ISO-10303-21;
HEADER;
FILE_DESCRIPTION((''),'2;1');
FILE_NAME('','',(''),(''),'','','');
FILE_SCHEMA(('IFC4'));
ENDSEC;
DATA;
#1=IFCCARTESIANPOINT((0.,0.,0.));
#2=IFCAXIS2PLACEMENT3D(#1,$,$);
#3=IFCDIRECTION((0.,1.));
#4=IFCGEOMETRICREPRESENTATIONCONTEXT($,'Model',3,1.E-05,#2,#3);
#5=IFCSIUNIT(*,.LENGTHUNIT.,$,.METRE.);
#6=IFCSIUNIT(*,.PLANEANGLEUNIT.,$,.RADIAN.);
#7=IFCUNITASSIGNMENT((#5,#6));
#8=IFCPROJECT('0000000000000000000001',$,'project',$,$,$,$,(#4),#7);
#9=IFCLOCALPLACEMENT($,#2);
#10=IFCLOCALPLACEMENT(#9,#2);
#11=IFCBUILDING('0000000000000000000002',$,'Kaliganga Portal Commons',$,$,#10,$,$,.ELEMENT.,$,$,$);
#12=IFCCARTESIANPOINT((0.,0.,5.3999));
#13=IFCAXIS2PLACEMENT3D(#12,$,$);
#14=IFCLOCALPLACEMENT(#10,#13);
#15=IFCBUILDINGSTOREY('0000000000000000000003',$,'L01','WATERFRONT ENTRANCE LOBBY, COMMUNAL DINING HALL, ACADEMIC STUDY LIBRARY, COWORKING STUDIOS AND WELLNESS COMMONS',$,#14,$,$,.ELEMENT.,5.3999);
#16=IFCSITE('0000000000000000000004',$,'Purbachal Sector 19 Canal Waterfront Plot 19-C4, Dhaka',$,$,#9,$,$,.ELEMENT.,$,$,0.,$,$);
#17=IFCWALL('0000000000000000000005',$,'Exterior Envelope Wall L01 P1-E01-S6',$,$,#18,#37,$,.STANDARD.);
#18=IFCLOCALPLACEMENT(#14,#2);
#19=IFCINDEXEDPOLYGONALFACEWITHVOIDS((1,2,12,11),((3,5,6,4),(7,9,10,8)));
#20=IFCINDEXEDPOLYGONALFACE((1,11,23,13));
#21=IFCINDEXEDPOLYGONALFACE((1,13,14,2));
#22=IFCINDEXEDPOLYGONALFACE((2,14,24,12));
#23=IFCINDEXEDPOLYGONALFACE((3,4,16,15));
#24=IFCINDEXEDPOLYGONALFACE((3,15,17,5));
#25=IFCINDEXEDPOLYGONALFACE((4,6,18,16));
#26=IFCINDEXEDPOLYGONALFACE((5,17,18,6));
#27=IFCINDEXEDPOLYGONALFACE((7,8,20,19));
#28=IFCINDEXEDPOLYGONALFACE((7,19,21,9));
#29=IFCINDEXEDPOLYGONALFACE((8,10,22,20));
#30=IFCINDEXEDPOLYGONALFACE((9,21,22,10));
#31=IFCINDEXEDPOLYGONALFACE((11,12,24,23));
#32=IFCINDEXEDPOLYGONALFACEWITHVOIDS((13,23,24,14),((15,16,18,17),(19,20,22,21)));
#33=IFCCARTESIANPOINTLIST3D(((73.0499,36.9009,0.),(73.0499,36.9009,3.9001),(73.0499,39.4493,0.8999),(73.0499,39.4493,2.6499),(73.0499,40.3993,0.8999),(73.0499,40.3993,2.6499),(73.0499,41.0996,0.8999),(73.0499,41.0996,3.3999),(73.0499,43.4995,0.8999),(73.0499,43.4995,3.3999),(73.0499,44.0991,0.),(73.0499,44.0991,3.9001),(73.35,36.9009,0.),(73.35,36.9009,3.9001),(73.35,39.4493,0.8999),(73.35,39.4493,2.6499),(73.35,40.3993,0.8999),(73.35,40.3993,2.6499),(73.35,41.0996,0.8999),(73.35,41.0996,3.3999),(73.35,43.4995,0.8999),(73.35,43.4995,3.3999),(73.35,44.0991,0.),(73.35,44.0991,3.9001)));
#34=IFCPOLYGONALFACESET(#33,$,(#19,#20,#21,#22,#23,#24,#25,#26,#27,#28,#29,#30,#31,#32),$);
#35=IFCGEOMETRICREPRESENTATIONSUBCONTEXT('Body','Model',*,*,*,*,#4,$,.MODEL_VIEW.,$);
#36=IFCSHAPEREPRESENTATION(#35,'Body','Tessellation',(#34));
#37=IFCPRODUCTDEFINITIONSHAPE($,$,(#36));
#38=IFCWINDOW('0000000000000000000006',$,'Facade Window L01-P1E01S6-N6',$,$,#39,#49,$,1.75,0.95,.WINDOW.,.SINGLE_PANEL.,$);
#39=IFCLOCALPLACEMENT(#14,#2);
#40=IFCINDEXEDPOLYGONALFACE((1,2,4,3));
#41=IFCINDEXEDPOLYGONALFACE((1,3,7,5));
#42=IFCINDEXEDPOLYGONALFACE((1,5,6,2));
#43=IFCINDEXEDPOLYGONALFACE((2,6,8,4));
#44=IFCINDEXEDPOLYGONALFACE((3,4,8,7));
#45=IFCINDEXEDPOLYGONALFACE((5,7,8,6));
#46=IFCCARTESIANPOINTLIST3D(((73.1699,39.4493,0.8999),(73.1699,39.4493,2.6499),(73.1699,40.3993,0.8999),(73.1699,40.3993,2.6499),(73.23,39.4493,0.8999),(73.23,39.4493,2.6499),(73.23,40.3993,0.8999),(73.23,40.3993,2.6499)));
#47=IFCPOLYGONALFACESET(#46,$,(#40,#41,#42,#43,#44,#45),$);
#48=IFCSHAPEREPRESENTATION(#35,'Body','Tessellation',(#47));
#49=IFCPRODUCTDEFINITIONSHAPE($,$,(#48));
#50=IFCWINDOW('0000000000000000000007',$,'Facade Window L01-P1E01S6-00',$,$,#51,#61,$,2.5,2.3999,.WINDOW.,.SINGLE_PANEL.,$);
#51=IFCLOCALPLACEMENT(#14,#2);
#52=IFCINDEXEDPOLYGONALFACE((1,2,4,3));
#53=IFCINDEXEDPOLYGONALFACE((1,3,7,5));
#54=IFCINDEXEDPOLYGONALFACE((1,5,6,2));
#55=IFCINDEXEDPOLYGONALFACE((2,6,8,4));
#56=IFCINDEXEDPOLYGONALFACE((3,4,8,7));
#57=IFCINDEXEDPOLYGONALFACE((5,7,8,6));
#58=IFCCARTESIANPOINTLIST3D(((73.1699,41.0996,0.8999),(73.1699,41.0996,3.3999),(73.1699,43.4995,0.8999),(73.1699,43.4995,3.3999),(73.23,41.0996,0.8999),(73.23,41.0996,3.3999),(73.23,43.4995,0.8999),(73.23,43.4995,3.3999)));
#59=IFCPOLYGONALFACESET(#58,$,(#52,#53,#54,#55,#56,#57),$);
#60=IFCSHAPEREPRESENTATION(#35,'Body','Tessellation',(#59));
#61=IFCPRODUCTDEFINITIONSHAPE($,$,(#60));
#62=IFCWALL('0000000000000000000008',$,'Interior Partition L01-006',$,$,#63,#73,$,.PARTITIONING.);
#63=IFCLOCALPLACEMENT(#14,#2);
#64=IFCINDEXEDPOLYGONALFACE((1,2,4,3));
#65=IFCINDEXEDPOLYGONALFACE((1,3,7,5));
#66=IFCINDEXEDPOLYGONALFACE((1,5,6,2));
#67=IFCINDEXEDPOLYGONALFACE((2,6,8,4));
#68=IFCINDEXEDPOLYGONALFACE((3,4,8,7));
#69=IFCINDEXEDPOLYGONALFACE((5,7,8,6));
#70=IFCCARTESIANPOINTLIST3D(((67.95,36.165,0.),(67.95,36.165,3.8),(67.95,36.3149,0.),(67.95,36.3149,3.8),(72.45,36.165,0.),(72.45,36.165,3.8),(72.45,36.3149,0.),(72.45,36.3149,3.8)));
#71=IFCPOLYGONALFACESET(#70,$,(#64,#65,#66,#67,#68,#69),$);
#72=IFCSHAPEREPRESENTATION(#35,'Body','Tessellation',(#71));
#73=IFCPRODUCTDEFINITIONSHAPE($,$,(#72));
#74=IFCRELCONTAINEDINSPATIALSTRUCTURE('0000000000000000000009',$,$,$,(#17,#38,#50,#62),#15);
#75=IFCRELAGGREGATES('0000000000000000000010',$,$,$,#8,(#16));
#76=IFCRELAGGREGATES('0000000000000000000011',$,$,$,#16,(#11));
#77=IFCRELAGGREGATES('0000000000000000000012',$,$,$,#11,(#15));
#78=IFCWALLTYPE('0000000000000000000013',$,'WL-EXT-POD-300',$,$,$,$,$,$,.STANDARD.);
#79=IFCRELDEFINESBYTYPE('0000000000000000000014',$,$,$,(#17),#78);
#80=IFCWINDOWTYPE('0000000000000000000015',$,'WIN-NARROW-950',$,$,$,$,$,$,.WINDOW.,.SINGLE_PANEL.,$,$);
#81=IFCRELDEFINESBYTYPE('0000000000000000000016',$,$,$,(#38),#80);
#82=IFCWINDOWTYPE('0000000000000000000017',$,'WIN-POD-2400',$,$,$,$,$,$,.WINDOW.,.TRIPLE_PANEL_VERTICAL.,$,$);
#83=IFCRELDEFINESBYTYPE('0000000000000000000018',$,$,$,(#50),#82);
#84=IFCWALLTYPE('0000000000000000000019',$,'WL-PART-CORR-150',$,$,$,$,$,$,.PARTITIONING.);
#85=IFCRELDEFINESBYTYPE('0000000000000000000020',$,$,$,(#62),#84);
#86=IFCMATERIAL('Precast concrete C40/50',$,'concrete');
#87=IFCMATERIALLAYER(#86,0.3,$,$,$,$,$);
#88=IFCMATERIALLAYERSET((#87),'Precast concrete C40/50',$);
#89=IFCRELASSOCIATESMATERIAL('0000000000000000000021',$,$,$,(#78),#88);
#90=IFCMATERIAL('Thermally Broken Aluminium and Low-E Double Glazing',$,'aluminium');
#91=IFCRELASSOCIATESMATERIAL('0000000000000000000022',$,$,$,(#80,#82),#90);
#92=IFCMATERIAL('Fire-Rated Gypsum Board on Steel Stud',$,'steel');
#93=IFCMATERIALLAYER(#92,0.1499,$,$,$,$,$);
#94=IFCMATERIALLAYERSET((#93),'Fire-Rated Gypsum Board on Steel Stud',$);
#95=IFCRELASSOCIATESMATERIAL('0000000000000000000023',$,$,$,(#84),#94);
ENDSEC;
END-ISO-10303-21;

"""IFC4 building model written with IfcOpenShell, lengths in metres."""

from ifc_helpers import new_model, si_unit, direction, frame, frame_2d, origin, place, context, subcontext, project, spatial, rectangle, extrude, material, layer, layer_set, type_object, element, fill, save


model = new_model("IFC4")

# Units and contexts
model_context = context("Model", 3, precision=1e-05, world=origin(), true_north=direction((0.0, 1.0)))
body_context = subcontext(model_context, "Body", "Model", "MODEL_VIEW")
ifc_project = project(units=[si_unit("LENGTHUNIT", "METRE"), si_unit("PLANEANGLEUNIT", "RADIAN")], contexts=[model_context])

# Site, building, storey
site_placement = place(None, origin())
site = spatial("IfcSite", under=ifc_project, at=site_placement, Name="Purbachal Sector 19 Canal Waterfront Plot 19-C4, Dhaka", CompositionType="ELEMENT", RefElevation=0.0)
building_placement = place(site_placement, origin())
building = spatial("IfcBuilding", under=site, at=building_placement, Name="Kaliganga Portal Commons", CompositionType="ELEMENT")
storey_placement = place(building_placement, frame((0.0, 0.0, 5.3999)))
storey = spatial("IfcBuildingStorey", under=building, at=storey_placement, Name="L01", Description="WATERFRONT ENTRANCE LOBBY, COMMUNAL DINING HALL, ACADEMIC STUDY LIBRARY, COWORKING STUDIOS AND WELLNESS COMMONS", CompositionType="ELEMENT", Elevation=5.3999)

# Wall, openings, windows
ifc_material_1 = material(Name="Precast concrete C40/50", Category="concrete")
ifc_layer_1 = layer(ifc_material_1, 0.3)
ifc_layer_set_1 = layer_set([ifc_layer_1], Name="Precast concrete C40/50")
wall_type_1 = type_object("IfcWallType", Name="WL-EXT-POD-300", PredefinedType="STANDARD", material=ifc_layer_set_1)
ifc_material_2 = material(Name="Thermally Broken Aluminium and Low-E Double Glazing", Category="aluminium")
window_type_1 = type_object("IfcWindowType", Name="WIN-NARROW-950", PartitioningType="SINGLE_PANEL", PredefinedType="WINDOW", material=ifc_material_2)
wall_1_placement = place(storey_placement, frame((73.2, 44.0991, 0.0), z_axis=(0.0, 0.0, 1.0), x_axis=(0.0, -1.0, 0.0)))
wall_1 = element("IfcWall", 1, at=wall_1_placement, inside=storey, type_object=wall_type_1, Name="Exterior Envelope Wall L01 P1-E01-S6", PredefinedType="STANDARD", context=body_context, shape_type="SweptSolid", body=[
    extrude(rectangle(XDim=7.1982, YDim=0.3, at=frame_2d((3.5991, 0.0))), origin(), (0.0, 0.0, 1.0), 3.9001),
])
opening_1_placement = place(wall_1_placement, frame((0.5996, 0.0, 0.8999)))
opening_1 = element("IfcOpeningElement", 2, at=opening_1_placement, cuts=wall_1, PredefinedType="OPENING", context=body_context, shape_type="SweptSolid", body=[
    extrude(rectangle(XDim=2.3999, YDim=2.5, at=frame_2d((1.2, 1.25))), frame((0.0, 0.1602, 0.0), z_axis=(0.0, -1.0, 0.0), x_axis=(1.0, 0.0, 0.0)), (0.0, 0.0, 1.0), 0.3201),
])
opening_2_placement = place(wall_1_placement, frame((3.6997, 0.0, 0.8999)))
opening_2 = element("IfcOpeningElement", 3, at=opening_2_placement, cuts=wall_1, PredefinedType="OPENING", context=body_context, shape_type="SweptSolid", body=[
    extrude(rectangle(XDim=0.95, YDim=1.75, at=frame_2d((0.4751, 0.875))), frame((0.0, 0.1602, 0.0), z_axis=(0.0, -1.0, 0.0), x_axis=(1.0, 0.0, 0.0)), (0.0, 0.0, 1.0), 0.3201),
])
window_1_placement = place(opening_2_placement, origin())
window_1 = element("IfcWindow", 4, at=window_1_placement, inside=storey, type_object=window_type_1, Name="Facade Window L01-P1E01S6-N6", OverallHeight=1.75, OverallWidth=0.95, PartitioningType="SINGLE_PANEL", PredefinedType="WINDOW", context=body_context, shape_type="SweptSolid", body=[
    extrude(rectangle(XDim=0.95, YDim=1.75, at=frame_2d((0.4751, 0.875))), frame((0.0, 0.03, 0.0), z_axis=(0.0, -1.0, 0.0), x_axis=(1.0, 0.0, 0.0)), (0.0, 0.0, 1.0), 0.0601),
])
fill(opening_2, window_1)
window_type_2 = type_object("IfcWindowType", Name="WIN-POD-2400", PartitioningType="TRIPLE_PANEL_VERTICAL", PredefinedType="WINDOW", material=ifc_material_2)
window_2_placement = place(opening_1_placement, origin())
window_2 = element("IfcWindow", 5, at=window_2_placement, inside=storey, type_object=window_type_2, Name="Facade Window L01-P1E01S6-00", OverallHeight=2.5, OverallWidth=2.3999, PartitioningType="SINGLE_PANEL", PredefinedType="WINDOW", context=body_context, shape_type="SweptSolid", body=[
    extrude(rectangle(XDim=2.3999, YDim=2.5, at=frame_2d((1.2, 1.25))), frame((0.0, 0.03, 0.0), z_axis=(0.0, -1.0, 0.0), x_axis=(1.0, 0.0, 0.0)), (0.0, 0.0, 1.0), 0.0601),
])
fill(opening_1, window_2)

# Wall
ifc_material_3 = material(Name="Fire-Rated Gypsum Board on Steel Stud", Category="steel")
ifc_layer_2 = layer(ifc_material_3, 0.1499)
ifc_layer_set_2 = layer_set([ifc_layer_2], Name="Fire-Rated Gypsum Board on Steel Stud")
wall_type_2 = type_object("IfcWallType", Name="WL-PART-CORR-150", PredefinedType="PARTITIONING", material=ifc_layer_set_2)
wall_2_placement = place(storey_placement, frame((67.95, 36.24, 0.0), z_axis=(0.0, 0.0, 1.0), x_axis=(1.0, 0.0, 0.0)))
element("IfcWall", 6, at=wall_2_placement, inside=storey, type_object=wall_type_2, Name="Interior Partition L01-006", PredefinedType="PARTITIONING", context=body_context, shape_type="SweptSolid", body=[
    extrude(rectangle(XDim=4.5, YDim=0.1499, at=frame_2d((2.25, 0.0))), origin(), (0.0, 0.0, 1.0), 3.8),
])

save(model, "model.ifc")
